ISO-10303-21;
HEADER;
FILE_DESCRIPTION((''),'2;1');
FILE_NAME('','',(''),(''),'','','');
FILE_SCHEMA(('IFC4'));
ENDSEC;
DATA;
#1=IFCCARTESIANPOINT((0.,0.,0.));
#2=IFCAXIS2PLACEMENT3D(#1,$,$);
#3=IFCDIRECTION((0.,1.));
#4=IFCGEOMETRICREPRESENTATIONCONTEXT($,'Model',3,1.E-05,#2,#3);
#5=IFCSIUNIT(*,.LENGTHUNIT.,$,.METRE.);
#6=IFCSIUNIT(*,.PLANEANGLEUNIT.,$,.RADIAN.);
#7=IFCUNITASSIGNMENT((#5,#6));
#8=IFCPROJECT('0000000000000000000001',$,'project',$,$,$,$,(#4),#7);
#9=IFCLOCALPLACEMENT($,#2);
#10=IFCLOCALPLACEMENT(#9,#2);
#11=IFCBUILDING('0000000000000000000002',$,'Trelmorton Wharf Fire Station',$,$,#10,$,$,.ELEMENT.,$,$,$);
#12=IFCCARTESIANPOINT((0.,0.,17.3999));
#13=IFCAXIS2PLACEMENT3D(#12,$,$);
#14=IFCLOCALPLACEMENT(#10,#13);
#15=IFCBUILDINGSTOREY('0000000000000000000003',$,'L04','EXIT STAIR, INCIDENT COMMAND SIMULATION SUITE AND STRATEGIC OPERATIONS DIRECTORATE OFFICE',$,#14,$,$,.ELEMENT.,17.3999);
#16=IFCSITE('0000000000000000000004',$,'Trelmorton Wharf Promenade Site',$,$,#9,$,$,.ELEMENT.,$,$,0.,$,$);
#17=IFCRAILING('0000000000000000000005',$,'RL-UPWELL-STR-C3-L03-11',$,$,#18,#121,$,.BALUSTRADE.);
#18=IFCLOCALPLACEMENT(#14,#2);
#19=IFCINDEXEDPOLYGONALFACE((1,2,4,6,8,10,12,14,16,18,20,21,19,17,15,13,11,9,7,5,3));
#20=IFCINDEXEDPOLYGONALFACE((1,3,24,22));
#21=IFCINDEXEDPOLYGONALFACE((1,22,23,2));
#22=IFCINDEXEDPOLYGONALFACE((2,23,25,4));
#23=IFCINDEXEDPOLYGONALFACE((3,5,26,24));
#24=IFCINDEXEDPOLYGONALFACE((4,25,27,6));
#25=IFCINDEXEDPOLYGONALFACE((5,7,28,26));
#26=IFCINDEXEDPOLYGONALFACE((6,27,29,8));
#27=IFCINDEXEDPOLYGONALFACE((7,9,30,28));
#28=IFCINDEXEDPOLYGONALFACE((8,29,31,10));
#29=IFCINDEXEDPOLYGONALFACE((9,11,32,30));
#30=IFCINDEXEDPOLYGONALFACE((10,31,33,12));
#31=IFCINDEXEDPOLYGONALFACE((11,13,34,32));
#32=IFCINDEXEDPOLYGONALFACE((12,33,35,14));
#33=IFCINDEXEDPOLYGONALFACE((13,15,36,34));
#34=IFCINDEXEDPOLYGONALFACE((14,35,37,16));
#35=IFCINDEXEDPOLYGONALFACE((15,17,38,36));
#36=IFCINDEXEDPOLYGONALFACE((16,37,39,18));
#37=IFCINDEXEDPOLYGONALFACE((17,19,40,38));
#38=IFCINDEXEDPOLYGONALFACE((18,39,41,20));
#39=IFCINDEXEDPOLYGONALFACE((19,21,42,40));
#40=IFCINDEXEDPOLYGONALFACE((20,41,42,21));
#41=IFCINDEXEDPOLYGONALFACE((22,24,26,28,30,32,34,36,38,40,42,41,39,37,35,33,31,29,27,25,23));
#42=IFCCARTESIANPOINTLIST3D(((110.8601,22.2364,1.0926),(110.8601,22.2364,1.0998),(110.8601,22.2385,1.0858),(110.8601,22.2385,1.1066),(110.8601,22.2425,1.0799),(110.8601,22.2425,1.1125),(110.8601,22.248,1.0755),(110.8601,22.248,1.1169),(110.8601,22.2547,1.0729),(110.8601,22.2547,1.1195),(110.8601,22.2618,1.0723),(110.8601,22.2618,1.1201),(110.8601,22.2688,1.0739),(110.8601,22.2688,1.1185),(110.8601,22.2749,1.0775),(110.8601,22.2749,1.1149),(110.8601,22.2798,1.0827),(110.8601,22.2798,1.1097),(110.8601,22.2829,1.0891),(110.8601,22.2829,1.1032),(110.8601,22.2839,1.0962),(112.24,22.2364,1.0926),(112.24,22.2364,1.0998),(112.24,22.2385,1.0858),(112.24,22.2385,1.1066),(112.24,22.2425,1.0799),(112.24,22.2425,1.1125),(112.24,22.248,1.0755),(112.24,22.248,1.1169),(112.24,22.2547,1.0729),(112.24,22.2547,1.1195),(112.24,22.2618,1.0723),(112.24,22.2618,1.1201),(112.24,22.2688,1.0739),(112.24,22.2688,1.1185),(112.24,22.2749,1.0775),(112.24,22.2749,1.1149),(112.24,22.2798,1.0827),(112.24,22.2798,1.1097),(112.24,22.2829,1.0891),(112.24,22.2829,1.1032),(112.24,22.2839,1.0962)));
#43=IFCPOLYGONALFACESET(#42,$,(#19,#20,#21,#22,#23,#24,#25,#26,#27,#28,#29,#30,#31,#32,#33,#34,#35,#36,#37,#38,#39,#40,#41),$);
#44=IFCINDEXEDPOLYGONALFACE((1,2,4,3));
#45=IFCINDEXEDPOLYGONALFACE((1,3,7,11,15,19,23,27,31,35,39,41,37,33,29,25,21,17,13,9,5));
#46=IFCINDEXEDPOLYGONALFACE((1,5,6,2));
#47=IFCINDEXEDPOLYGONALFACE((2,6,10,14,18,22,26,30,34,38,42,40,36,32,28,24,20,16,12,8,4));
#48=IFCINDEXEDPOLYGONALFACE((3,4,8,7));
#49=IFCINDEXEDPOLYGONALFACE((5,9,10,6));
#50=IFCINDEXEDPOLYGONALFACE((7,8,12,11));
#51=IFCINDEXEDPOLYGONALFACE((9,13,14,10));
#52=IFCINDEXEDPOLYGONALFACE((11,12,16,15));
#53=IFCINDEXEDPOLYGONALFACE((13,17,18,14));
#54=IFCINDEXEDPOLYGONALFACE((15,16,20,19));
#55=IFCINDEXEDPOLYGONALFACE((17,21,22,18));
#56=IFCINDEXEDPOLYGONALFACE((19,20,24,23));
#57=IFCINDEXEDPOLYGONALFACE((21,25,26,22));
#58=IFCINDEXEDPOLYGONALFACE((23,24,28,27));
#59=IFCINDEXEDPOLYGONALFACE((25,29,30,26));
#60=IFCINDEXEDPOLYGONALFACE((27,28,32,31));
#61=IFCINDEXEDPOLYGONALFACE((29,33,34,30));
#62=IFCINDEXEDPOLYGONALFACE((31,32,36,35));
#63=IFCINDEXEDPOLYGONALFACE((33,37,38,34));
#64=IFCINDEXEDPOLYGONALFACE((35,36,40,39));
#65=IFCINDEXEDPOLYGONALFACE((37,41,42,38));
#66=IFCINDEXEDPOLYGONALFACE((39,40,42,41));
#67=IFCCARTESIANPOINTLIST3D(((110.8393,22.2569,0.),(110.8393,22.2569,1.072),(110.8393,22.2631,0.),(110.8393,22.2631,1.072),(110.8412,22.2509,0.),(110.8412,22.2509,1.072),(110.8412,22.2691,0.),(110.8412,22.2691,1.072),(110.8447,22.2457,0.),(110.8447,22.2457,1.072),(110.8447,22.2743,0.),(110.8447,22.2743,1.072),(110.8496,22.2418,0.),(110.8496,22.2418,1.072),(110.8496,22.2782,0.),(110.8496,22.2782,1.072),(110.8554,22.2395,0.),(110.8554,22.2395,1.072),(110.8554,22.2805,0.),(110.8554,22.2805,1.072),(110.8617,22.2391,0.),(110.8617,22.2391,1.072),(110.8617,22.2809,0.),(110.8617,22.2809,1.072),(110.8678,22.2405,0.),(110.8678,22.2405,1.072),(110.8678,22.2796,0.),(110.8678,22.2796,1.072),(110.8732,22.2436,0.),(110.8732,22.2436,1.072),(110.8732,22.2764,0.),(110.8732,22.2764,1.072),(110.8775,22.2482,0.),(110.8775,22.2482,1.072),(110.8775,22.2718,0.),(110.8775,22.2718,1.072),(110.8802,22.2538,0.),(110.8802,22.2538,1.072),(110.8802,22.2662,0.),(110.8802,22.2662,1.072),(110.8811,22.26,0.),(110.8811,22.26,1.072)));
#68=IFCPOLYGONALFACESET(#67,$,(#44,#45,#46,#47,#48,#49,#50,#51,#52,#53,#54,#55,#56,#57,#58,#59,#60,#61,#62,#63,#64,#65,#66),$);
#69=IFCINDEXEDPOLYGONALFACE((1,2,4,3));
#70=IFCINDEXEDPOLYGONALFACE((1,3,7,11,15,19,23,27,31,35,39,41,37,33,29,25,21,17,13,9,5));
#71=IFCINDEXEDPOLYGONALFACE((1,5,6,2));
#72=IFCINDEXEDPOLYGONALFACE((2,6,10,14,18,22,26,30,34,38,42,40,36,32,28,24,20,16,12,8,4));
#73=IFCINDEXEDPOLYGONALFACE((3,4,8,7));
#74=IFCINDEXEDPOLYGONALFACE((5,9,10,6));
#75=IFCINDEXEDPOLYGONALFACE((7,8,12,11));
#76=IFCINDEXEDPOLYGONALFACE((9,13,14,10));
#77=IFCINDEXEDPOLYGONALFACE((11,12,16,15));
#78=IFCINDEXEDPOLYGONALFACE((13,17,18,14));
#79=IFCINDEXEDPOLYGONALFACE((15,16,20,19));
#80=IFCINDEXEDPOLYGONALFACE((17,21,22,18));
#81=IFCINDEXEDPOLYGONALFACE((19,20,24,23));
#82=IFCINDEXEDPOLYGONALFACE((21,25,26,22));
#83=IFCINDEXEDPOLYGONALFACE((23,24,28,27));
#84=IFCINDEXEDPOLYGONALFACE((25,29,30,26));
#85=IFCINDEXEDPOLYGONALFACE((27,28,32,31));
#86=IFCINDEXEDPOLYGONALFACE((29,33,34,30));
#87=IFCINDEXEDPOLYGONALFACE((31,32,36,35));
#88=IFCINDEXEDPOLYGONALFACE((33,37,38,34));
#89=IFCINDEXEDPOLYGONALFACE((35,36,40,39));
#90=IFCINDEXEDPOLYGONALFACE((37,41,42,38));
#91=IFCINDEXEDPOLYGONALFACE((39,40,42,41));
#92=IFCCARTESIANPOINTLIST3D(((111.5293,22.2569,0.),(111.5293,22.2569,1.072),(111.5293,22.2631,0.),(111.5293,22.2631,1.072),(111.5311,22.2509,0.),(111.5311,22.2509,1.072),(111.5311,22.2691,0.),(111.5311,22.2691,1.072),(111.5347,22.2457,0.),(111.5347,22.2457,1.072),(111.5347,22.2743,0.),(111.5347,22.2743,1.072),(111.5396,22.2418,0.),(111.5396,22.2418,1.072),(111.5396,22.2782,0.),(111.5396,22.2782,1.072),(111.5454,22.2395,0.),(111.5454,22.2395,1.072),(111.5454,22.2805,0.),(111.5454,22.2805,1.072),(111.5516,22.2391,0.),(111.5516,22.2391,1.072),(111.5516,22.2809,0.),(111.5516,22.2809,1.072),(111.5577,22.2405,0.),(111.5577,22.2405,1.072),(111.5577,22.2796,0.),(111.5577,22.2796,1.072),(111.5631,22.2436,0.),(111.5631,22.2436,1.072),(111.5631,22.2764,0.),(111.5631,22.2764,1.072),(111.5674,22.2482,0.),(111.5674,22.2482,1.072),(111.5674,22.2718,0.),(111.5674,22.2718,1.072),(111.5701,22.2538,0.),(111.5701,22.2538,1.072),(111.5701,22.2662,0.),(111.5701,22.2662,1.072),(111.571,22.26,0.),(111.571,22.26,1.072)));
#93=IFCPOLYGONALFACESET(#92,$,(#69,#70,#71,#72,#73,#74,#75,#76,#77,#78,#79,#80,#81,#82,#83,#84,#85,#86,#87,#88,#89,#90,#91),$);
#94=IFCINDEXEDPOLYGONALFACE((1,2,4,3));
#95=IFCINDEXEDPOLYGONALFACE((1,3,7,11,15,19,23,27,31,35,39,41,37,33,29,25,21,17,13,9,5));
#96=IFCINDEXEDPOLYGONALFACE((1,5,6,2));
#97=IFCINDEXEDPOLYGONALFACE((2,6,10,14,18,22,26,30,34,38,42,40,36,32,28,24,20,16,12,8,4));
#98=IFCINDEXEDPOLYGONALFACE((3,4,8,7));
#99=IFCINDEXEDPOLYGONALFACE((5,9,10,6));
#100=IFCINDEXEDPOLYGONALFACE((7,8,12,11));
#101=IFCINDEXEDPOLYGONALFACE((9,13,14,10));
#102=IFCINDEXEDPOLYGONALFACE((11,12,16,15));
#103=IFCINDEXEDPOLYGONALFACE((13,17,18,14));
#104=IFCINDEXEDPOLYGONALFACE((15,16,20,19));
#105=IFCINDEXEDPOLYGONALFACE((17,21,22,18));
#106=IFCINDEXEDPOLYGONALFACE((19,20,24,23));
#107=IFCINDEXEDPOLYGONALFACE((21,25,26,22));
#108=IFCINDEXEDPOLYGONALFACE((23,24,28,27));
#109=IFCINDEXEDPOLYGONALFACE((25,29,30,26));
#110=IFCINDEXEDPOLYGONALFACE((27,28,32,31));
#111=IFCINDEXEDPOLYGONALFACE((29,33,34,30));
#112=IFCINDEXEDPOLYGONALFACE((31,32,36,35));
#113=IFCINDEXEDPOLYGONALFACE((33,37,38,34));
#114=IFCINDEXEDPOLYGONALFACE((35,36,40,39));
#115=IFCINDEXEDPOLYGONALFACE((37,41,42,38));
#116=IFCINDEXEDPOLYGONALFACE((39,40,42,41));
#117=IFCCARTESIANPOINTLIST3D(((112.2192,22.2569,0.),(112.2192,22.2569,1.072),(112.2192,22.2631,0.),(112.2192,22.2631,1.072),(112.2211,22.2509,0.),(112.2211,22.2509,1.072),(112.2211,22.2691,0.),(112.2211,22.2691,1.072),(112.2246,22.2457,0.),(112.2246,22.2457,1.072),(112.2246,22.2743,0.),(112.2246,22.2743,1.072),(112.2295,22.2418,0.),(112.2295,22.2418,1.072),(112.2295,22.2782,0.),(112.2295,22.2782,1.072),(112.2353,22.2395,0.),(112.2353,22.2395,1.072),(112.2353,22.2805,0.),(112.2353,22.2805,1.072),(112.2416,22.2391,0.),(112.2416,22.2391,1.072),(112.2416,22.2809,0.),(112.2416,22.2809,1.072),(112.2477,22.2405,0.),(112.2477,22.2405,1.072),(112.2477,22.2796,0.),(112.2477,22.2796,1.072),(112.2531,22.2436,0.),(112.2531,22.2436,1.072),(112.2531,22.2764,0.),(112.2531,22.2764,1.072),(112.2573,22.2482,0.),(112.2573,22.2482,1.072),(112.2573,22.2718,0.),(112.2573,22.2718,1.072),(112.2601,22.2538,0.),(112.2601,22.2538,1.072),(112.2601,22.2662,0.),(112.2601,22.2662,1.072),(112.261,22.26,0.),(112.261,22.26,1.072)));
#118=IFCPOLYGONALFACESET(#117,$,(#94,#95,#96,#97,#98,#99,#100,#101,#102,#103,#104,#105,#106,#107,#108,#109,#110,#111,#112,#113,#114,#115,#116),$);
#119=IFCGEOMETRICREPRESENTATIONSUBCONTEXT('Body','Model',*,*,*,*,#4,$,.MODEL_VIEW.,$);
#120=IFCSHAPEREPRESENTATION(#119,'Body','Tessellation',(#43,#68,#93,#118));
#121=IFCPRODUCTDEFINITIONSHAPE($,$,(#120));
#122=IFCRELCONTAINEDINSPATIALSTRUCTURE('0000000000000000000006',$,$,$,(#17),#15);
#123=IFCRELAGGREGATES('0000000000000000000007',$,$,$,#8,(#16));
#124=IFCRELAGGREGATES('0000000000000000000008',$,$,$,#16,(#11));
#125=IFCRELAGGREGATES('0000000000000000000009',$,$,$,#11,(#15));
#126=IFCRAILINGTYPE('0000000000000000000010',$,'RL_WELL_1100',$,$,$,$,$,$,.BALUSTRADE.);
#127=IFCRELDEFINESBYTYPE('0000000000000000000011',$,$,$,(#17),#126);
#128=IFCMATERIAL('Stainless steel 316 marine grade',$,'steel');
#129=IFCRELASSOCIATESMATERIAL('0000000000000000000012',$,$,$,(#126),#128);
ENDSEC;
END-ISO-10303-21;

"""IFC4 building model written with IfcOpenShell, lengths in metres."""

from ifc_helpers import new_model, si_unit, direction, frame, origin, origin_2d, place, context, subcontext, project, spatial, circle, extrude, material, type_object, element, save


model = new_model("IFC4")

# Units and contexts
model_context = context("Model", 3, precision=1e-05, world=origin(), true_north=direction((0.0, 1.0)))
body_context = subcontext(model_context, "Body", "Model", "MODEL_VIEW")
ifc_project = project(units=[si_unit("LENGTHUNIT", "METRE"), si_unit("PLANEANGLEUNIT", "RADIAN")], contexts=[model_context])

# Site, building, storey
site_placement = place(None, origin())
site = spatial("IfcSite", under=ifc_project, at=site_placement, Name="Trelmorton Wharf Promenade Site", CompositionType="ELEMENT", RefElevation=0.0)
building_placement = place(site_placement, origin())
building = spatial("IfcBuilding", under=site, at=building_placement, Name="Trelmorton Wharf Fire Station", CompositionType="ELEMENT")
storey_placement = place(building_placement, frame((0.0, 0.0, 17.3999)))
storey = spatial("IfcBuildingStorey", under=building, at=storey_placement, Name="L04", Description="EXIT STAIR, INCIDENT COMMAND SIMULATION SUITE AND STRATEGIC OPERATIONS DIRECTORATE OFFICE", CompositionType="ELEMENT", Elevation=17.3999)

# Shared definitions
ifc_material_1 = material(Name="Stainless steel 316 marine grade", Category="steel")

# Railing
railing_type_1 = type_object("IfcRailingType", Name="RL_WELL_1100", PredefinedType="BALUSTRADE", material=ifc_material_1)
railing_1_placement = place(storey_placement, frame((110.8601, 22.26, 0.0)))
element("IfcRailing", 1, at=railing_1_placement, inside=storey, type_object=railing_type_1, Name="RL-UPWELL-STR-C3-L03-11", PredefinedType="BALUSTRADE", context=body_context, shape_type="SweptSolid", body=[
    extrude(circle(Radius=0.0239, at=origin_2d()), frame((0.0, 0.0, 1.0962), z_axis=(1.0, 0.0, 0.0), x_axis=(0.0, 1.0, 0.0)), (0.0, 0.0, 1.0), 1.3799),
    extrude(circle(Radius=0.021, at=origin_2d()), origin(), (0.0, 0.0, 1.0), 1.072),
    extrude(circle(Radius=0.021, at=origin_2d()), frame((0.6899, 0.0, 0.0)), (0.0, 0.0, 1.0), 1.072),
    extrude(circle(Radius=0.021, at=origin_2d()), frame((1.3799, 0.0, 0.0)), (0.0, 0.0, 1.0), 1.072),
])

save(model, "model.ifc")
